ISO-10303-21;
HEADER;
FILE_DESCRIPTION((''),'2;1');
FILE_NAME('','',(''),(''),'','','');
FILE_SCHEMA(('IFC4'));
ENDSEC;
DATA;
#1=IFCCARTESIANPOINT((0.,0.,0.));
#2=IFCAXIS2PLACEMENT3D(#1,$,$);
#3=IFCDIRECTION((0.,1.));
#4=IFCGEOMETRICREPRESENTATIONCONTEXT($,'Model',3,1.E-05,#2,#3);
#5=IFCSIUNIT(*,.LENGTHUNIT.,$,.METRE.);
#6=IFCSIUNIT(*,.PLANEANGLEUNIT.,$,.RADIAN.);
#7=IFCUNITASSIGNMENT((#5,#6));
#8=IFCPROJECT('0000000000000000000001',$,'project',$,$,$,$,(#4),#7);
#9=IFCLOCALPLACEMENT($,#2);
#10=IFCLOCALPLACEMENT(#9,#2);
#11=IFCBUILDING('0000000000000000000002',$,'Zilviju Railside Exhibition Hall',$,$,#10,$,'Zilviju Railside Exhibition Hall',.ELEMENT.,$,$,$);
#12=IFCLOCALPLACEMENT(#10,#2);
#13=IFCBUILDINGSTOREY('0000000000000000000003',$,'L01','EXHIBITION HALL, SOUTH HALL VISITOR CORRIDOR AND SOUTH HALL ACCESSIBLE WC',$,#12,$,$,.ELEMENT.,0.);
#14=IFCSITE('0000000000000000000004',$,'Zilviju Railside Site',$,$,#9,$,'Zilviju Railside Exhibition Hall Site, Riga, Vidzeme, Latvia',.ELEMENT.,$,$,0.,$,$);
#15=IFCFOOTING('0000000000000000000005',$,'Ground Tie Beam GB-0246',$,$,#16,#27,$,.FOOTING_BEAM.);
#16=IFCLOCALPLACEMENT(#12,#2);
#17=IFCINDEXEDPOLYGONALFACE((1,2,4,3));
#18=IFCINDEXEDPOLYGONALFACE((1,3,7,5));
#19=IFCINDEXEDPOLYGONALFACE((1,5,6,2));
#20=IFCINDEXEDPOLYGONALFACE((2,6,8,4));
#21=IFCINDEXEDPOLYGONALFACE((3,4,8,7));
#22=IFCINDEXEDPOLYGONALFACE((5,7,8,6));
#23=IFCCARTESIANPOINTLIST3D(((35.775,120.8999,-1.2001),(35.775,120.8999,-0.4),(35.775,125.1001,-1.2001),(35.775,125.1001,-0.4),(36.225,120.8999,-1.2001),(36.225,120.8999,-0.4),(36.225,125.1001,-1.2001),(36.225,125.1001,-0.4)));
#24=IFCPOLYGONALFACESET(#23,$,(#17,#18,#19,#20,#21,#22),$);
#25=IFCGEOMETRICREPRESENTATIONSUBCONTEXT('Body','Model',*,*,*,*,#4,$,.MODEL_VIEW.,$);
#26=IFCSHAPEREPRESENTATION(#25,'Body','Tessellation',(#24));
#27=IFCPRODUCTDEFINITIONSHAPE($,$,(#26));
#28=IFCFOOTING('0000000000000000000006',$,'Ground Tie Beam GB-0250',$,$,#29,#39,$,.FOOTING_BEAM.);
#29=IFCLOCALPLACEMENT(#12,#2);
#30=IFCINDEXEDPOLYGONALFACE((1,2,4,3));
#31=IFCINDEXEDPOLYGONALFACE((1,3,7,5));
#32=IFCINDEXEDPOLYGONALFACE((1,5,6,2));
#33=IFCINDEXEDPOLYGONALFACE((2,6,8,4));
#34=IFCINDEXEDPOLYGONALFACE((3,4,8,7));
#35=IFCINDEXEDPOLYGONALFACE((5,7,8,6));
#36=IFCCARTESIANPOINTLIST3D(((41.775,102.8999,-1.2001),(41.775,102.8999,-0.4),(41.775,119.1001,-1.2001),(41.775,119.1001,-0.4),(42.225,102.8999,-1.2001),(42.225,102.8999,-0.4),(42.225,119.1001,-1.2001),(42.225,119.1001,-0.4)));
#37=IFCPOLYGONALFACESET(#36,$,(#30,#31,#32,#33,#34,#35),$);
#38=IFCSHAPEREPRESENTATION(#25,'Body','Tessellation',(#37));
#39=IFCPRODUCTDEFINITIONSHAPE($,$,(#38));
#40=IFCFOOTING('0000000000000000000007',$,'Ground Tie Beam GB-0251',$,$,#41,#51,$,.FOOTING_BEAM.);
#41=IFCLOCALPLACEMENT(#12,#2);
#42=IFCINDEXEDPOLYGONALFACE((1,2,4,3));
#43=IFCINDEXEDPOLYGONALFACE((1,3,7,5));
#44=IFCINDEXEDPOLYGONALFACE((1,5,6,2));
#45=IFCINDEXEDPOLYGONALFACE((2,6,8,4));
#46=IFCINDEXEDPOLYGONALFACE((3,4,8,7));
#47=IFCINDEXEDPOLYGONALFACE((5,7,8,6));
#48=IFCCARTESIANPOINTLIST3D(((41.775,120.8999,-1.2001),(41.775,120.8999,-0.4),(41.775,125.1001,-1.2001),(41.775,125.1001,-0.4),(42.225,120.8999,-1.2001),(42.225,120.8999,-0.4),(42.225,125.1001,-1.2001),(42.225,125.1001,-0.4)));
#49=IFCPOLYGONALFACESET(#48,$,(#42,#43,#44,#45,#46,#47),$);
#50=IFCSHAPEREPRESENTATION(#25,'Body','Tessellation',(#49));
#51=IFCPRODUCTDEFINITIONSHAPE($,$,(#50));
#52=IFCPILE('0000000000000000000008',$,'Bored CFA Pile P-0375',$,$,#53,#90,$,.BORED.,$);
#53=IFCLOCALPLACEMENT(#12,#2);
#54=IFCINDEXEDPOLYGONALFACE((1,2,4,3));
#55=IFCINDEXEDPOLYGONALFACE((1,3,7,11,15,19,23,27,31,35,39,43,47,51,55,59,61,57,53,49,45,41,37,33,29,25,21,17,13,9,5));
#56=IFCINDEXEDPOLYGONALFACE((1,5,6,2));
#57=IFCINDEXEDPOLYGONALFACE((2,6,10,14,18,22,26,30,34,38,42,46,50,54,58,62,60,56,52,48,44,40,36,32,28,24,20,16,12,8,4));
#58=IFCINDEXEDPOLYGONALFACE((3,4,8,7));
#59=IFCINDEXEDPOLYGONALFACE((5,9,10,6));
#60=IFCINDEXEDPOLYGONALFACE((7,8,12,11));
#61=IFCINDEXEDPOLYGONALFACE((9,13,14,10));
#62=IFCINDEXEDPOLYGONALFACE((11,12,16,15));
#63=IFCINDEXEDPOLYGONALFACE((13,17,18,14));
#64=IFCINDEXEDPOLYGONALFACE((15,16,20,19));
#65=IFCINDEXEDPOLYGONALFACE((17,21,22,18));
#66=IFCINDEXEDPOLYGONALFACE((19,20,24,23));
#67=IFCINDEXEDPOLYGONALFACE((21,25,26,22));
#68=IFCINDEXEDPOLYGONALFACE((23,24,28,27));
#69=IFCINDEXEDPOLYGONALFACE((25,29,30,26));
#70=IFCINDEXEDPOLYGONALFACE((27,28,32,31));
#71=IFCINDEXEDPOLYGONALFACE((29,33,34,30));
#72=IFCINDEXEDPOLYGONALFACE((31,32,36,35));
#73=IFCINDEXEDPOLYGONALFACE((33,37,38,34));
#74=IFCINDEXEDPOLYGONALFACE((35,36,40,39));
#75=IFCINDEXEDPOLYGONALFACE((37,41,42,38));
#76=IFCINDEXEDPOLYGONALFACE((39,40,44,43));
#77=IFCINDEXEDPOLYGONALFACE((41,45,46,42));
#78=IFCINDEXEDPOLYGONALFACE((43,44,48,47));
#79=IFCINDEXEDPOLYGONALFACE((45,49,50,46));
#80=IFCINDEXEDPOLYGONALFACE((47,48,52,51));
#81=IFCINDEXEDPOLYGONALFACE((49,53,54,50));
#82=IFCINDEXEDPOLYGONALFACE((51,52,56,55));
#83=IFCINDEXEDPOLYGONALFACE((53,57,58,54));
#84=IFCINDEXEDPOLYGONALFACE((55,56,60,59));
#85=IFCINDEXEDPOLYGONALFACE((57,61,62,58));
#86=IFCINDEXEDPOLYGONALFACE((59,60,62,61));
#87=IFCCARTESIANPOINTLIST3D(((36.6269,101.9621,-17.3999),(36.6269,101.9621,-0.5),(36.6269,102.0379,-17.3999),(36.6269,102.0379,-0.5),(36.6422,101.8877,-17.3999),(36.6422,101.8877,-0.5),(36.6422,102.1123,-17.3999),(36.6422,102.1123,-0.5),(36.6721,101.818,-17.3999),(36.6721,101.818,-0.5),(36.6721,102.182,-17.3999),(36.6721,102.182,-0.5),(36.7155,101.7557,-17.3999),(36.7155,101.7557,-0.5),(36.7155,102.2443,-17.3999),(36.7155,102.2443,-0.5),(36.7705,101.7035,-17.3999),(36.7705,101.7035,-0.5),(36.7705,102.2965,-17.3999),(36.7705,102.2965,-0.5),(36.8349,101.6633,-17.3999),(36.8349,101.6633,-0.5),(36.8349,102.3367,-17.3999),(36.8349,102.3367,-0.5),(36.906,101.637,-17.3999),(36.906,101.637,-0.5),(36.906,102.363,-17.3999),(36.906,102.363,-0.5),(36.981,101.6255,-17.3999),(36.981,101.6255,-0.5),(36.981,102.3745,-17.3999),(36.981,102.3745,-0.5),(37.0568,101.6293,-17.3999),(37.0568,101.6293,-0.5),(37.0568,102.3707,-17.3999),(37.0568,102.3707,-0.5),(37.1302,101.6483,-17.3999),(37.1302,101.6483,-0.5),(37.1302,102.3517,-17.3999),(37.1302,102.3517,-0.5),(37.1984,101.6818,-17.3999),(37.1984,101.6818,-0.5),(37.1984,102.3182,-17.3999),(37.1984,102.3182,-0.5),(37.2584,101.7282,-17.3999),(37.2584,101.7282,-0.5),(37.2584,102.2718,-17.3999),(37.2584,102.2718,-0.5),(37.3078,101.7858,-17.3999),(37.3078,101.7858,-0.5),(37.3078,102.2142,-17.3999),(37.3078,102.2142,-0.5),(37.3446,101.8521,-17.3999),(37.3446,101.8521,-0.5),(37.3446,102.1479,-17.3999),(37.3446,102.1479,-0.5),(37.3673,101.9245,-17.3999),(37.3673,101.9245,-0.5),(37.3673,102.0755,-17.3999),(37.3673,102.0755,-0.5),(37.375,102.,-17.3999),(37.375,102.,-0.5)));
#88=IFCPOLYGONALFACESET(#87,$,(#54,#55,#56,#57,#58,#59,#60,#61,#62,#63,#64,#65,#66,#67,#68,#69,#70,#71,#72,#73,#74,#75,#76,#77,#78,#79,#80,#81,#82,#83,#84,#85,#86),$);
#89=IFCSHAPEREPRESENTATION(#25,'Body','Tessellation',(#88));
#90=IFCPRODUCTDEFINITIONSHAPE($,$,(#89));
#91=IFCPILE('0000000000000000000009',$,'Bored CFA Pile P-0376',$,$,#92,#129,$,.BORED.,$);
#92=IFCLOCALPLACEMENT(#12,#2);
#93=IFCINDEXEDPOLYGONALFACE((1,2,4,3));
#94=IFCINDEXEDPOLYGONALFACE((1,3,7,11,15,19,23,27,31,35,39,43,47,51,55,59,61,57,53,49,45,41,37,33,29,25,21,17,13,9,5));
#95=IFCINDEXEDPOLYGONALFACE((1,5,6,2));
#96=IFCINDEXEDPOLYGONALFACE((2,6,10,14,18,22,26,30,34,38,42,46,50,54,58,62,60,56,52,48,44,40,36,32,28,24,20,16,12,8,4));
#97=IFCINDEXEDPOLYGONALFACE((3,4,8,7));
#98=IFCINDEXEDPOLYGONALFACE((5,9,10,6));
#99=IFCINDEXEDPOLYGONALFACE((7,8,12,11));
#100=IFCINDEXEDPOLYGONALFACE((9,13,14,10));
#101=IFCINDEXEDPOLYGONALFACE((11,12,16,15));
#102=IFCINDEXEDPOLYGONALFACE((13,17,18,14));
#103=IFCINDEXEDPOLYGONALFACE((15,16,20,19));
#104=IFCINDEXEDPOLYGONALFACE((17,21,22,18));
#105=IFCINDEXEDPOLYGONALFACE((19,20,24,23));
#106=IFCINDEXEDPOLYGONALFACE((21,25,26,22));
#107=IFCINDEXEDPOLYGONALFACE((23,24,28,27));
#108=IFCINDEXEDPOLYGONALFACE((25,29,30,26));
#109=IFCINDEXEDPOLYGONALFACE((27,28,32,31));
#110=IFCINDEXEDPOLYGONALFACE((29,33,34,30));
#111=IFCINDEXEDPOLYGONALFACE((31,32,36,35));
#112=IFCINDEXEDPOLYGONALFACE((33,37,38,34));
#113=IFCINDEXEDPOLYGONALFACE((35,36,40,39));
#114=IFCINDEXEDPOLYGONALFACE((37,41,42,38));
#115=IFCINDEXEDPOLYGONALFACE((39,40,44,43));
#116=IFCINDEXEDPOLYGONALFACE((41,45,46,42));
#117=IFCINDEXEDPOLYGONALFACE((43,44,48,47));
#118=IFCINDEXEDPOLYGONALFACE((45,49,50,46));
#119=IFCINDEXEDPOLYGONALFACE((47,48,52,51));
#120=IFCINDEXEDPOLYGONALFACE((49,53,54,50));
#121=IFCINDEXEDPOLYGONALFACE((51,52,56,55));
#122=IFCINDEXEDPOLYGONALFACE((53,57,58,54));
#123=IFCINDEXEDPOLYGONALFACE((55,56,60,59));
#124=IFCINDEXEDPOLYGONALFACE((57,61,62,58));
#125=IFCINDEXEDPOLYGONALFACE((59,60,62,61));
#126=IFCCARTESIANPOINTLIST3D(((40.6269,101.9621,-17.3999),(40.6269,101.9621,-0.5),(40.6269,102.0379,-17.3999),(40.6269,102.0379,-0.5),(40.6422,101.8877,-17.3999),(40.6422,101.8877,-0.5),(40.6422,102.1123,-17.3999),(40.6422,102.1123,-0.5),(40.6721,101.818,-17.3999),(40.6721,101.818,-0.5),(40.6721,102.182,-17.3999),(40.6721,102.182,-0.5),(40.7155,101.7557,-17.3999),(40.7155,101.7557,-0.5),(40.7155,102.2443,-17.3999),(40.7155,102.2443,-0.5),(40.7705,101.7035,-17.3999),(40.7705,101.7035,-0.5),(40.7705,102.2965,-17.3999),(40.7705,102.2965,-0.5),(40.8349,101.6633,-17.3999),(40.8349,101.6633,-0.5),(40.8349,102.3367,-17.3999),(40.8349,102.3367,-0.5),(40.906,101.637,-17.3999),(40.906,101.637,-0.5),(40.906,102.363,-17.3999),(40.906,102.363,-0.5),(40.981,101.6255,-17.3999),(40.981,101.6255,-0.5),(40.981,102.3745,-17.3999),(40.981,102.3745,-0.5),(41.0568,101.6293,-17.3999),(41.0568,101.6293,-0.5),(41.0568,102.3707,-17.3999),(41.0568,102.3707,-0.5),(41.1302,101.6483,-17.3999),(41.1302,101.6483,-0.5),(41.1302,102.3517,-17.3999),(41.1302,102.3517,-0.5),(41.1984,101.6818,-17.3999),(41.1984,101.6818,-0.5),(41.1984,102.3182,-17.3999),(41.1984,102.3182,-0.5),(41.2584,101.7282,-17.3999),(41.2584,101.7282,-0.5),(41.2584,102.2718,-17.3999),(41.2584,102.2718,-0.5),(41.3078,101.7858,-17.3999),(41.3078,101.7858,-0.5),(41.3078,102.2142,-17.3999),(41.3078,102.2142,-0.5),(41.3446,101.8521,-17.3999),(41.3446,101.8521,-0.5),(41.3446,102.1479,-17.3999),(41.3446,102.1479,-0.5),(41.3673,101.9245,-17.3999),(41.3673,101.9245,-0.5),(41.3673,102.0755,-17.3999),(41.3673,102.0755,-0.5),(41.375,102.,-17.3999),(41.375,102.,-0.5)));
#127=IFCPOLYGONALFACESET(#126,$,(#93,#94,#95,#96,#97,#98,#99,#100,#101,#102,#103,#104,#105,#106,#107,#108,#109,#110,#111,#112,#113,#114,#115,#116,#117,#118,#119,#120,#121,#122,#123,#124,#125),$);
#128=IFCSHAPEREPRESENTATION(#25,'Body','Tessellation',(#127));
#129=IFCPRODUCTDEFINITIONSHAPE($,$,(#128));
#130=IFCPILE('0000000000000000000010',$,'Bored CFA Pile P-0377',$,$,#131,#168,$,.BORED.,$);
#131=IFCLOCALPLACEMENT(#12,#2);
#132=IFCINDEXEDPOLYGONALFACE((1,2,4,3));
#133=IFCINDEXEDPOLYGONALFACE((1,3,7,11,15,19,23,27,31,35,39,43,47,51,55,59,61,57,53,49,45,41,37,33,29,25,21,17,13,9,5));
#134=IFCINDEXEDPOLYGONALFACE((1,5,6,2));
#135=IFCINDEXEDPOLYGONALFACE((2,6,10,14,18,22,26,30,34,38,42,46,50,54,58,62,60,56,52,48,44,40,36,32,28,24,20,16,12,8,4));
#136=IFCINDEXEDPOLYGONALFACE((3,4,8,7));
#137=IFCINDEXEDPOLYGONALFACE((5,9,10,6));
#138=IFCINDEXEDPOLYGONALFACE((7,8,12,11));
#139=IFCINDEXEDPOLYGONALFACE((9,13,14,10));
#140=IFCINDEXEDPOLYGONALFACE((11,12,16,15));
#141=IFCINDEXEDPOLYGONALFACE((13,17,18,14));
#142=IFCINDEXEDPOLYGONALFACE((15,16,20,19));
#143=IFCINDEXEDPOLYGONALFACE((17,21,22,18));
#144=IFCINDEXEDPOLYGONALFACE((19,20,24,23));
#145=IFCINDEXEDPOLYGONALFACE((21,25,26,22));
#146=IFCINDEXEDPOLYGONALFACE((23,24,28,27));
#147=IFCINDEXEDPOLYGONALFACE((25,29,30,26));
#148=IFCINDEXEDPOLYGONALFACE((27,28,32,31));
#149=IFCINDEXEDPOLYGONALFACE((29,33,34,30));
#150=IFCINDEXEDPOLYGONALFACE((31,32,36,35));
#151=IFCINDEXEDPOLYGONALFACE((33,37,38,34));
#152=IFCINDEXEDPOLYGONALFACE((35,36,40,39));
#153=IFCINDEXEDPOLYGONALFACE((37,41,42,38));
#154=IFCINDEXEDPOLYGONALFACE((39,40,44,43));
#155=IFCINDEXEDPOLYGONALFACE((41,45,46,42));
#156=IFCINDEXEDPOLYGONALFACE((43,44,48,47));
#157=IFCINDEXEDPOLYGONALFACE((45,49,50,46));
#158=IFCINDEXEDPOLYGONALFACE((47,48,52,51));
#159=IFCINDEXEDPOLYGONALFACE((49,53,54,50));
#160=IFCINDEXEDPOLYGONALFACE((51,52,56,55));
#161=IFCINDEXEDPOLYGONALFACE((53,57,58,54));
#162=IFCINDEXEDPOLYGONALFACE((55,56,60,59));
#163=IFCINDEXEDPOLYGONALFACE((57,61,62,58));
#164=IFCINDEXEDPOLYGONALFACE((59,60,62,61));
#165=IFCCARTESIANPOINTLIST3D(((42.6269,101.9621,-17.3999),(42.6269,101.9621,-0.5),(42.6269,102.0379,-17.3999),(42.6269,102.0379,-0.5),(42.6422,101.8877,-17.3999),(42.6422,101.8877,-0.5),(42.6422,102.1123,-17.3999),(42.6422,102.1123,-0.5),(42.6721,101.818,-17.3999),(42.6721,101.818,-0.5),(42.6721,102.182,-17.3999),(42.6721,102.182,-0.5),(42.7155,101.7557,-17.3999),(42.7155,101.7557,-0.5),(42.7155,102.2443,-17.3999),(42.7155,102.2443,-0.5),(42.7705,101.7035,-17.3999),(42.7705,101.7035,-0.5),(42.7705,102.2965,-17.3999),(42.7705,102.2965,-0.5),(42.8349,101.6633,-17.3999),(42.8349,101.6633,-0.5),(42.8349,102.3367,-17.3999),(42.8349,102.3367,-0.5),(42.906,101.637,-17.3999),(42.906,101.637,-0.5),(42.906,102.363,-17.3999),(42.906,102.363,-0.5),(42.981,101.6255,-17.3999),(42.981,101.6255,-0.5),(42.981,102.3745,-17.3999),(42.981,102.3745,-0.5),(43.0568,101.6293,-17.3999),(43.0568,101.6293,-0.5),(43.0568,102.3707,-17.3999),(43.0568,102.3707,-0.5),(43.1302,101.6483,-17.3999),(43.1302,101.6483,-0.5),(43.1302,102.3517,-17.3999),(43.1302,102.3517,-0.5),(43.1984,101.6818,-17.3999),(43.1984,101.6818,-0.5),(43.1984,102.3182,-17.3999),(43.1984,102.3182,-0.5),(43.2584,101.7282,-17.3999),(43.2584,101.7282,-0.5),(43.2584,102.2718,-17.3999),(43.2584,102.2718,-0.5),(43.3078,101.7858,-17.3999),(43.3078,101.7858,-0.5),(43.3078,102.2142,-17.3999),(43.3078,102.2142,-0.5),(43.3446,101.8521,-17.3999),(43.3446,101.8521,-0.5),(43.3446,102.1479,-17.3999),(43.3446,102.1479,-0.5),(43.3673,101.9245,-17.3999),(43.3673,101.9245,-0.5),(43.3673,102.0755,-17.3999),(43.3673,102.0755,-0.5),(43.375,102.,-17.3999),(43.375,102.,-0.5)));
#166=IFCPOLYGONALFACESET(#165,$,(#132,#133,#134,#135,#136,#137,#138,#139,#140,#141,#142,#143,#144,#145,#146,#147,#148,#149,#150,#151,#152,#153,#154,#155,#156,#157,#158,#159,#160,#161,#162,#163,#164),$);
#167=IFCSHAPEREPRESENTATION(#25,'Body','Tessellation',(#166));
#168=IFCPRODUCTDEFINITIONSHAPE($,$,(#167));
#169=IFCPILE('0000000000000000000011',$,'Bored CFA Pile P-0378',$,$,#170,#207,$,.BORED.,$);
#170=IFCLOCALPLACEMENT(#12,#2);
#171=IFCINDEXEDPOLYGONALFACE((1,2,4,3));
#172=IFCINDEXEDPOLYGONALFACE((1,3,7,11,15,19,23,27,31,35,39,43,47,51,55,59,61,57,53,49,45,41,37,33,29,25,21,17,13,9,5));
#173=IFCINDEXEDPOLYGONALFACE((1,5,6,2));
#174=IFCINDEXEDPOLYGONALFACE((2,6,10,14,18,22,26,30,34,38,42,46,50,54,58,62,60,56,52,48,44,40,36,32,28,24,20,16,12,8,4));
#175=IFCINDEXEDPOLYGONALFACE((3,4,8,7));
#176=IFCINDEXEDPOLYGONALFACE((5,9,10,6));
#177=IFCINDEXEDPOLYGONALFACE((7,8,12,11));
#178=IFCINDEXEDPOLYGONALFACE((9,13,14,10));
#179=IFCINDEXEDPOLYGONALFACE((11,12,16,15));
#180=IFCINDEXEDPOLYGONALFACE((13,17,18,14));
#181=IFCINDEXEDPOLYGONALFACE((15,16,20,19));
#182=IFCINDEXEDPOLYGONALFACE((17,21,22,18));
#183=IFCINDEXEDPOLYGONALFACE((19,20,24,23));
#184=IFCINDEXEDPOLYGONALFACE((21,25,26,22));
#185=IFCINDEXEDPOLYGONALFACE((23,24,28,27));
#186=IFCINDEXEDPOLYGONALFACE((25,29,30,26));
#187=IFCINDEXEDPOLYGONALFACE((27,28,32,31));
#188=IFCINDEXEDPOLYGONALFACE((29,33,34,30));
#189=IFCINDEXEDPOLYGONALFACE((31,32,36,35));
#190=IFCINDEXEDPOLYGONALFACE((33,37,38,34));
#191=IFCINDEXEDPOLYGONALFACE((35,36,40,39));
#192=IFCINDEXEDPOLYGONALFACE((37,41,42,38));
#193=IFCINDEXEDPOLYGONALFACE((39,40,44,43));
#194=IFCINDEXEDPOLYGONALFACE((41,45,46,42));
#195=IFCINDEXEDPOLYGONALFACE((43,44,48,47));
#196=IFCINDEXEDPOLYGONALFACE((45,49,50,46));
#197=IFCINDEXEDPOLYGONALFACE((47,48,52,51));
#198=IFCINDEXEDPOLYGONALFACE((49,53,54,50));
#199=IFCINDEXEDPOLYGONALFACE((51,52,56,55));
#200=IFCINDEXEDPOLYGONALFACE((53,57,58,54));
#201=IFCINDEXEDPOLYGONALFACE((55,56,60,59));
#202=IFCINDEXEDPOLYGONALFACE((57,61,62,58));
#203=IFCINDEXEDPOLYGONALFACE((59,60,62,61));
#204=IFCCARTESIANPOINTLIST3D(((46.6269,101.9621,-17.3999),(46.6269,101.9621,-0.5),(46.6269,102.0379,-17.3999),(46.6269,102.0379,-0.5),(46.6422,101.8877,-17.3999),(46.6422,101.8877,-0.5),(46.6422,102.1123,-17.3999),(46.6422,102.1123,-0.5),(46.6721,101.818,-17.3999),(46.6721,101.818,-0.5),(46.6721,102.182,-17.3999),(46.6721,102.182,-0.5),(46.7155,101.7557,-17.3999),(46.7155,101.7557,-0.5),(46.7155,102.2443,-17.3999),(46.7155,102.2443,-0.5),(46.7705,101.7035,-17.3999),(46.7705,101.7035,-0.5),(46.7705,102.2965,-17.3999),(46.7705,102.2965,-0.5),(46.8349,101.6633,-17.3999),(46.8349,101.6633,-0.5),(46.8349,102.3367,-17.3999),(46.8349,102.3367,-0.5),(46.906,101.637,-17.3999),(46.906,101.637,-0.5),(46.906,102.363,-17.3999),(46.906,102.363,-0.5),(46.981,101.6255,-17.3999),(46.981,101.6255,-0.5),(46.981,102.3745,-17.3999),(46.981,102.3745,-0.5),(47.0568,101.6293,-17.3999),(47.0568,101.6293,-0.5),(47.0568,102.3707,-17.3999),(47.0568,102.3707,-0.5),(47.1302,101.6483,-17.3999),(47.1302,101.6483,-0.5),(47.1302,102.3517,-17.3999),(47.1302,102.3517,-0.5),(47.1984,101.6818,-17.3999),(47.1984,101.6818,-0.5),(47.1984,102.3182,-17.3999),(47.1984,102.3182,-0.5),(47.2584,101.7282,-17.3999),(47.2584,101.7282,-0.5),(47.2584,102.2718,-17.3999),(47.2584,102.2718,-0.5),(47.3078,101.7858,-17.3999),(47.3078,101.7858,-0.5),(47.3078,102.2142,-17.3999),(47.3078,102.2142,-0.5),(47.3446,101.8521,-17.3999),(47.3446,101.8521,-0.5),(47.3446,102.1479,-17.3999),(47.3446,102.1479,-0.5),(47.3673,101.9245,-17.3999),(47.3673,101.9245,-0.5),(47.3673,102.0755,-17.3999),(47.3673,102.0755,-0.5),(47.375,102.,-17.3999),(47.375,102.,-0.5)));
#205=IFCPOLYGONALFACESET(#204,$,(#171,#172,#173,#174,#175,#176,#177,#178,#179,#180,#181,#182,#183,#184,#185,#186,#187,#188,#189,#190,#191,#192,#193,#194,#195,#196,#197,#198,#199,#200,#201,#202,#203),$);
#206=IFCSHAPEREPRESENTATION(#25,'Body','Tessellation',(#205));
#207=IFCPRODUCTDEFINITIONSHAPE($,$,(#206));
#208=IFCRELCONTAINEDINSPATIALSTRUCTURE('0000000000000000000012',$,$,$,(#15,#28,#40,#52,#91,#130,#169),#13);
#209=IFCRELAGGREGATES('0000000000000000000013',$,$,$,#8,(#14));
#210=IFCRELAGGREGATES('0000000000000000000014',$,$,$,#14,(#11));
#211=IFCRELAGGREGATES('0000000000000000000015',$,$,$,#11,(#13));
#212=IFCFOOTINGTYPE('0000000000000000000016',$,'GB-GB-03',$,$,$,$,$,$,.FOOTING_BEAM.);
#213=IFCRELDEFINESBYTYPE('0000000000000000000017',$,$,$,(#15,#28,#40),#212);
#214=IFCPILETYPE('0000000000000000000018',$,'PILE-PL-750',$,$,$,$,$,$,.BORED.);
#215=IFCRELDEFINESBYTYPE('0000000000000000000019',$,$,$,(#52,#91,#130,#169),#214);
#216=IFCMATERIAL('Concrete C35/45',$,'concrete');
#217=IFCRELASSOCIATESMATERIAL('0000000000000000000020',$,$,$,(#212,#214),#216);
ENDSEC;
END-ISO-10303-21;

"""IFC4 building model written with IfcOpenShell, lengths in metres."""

from ifc_helpers import new_model, si_unit, direction, frame, origin, origin_2d, place, context, subcontext, project, spatial, rectangle, circle, extrude, material, material_profile, profile_set, type_object, element, save


model = new_model("IFC4")

# Units and contexts
model_context = context("Model", 3, precision=1e-05, world=origin(), true_north=direction((0.0, 1.0)))
body_context = subcontext(model_context, "Body", "Model", "MODEL_VIEW")
ifc_project = project(units=[si_unit("LENGTHUNIT", "METRE"), si_unit("PLANEANGLEUNIT", "RADIAN")], contexts=[model_context])

# Site, building, storey
site_placement = place(None, origin())
site = spatial("IfcSite", under=ifc_project, at=site_placement, Name="Zilviju Railside Site", LongName="Zilviju Railside Exhibition Hall Site, Riga, Vidzeme, Latvia", CompositionType="ELEMENT", RefElevation=0.0)
building_placement = place(site_placement, origin())
building = spatial("IfcBuilding", under=site, at=building_placement, Name="Zilviju Railside Exhibition Hall", LongName="Zilviju Railside Exhibition Hall", CompositionType="ELEMENT")
storey_placement = place(building_placement, origin())
storey = spatial("IfcBuildingStorey", under=building, at=storey_placement, Name="L01", Description="EXHIBITION HALL, SOUTH HALL VISITOR CORRIDOR AND SOUTH HALL ACCESSIBLE WC", CompositionType="ELEMENT", Elevation=0.0)

# Footings
ifc_material = material(Name="Concrete C35/45", Category="concrete")
ifc_material_profile_1 = material_profile(ifc_material, rectangle(XDim=0.45, YDim=0.8, at=origin_2d()), Name="TIE BEAM 450x800")
ifc_profile_set_1 = profile_set([ifc_material_profile_1], Name="Concrete C35/45")
footing_type_1 = type_object("IfcFootingType", Name="GB-GB-03", PredefinedType="FOOTING_BEAM", material=ifc_profile_set_1)
footing_1_placement = place(storey_placement, frame((36.0, 120.8999, -0.8), z_axis=(0.0, 1.0, 0.0), x_axis=(-1.0, 0.0, 0.0)))
element("IfcFooting", 1, at=footing_1_placement, inside=storey, type_object=footing_type_1, Name="Ground Tie Beam GB-0246", PredefinedType="FOOTING_BEAM", context=body_context, shape_type="SweptSolid", body=[
    extrude(rectangle(XDim=0.45, YDim=0.8, at=origin_2d()), origin(), (0.0, 0.0, 1.0), 4.2002),
])
footing_2_placement = place(storey_placement, frame((42.0, 102.8999, -0.8), z_axis=(0.0, 1.0, 0.0), x_axis=(-1.0, 0.0, 0.0)))
element("IfcFooting", 2, at=footing_2_placement, inside=storey, type_object=footing_type_1, Name="Ground Tie Beam GB-0250", PredefinedType="FOOTING_BEAM", context=body_context, shape_type="SweptSolid", body=[
    extrude(rectangle(XDim=0.45, YDim=0.8, at=origin_2d()), origin(), (0.0, 0.0, 1.0), 16.2002),
])
footing_3_placement = place(storey_placement, frame((42.0, 120.8999, -0.8), z_axis=(0.0, 1.0, 0.0), x_axis=(-1.0, 0.0, 0.0)))
element("IfcFooting", 3, at=footing_3_placement, inside=storey, type_object=footing_type_1, Name="Ground Tie Beam GB-0251", PredefinedType="FOOTING_BEAM", context=body_context, shape_type="SweptSolid", body=[
    extrude(rectangle(XDim=0.45, YDim=0.8, at=origin_2d()), origin(), (0.0, 0.0, 1.0), 4.2002),
])

# Piles
ifc_material_profile_2 = material_profile(ifc_material, circle(Radius=0.375, at=origin_2d()), Name="CFA PILE D750")
ifc_profile_set_2 = profile_set([ifc_material_profile_2], Name="Concrete C35/45")
pile_type = type_object("IfcPileType", Name="PILE-PL-750", PredefinedType="BORED", material=ifc_profile_set_2)
for number, where, z_axis, x_axis, name in (
    (4, (37.0, 102.0, -0.5), (0.0, 0.0, -1.0), (1.0, 0.0, 0.0), "Bored CFA Pile P-0375"),
    (5, (41.0, 102.0, -0.5), (0.0, 0.0, -1.0), (1.0, 0.0, 0.0), "Bored CFA Pile P-0376"),
    (6, (43.0, 102.0, -0.5), (0.0, 0.0, -1.0), (1.0, 0.0, 0.0), "Bored CFA Pile P-0377"),
    (7, (47.0, 102.0, -0.5), (0.0, 0.0, -1.0), (1.0, 0.0, 0.0), "Bored CFA Pile P-0378"),
):
    element("IfcPile", number, at=place(storey_placement, frame(where, z_axis=z_axis, x_axis=x_axis)), inside=storey, type_object=pile_type, Name=name, PredefinedType="BORED", context=body_context, shape_type="SweptSolid", body=[
        extrude(circle(Radius=0.375, at=origin_2d()), origin(), (0.0, 0.0, 1.0), 16.8999),
    ])

save(model, "model.ifc")
